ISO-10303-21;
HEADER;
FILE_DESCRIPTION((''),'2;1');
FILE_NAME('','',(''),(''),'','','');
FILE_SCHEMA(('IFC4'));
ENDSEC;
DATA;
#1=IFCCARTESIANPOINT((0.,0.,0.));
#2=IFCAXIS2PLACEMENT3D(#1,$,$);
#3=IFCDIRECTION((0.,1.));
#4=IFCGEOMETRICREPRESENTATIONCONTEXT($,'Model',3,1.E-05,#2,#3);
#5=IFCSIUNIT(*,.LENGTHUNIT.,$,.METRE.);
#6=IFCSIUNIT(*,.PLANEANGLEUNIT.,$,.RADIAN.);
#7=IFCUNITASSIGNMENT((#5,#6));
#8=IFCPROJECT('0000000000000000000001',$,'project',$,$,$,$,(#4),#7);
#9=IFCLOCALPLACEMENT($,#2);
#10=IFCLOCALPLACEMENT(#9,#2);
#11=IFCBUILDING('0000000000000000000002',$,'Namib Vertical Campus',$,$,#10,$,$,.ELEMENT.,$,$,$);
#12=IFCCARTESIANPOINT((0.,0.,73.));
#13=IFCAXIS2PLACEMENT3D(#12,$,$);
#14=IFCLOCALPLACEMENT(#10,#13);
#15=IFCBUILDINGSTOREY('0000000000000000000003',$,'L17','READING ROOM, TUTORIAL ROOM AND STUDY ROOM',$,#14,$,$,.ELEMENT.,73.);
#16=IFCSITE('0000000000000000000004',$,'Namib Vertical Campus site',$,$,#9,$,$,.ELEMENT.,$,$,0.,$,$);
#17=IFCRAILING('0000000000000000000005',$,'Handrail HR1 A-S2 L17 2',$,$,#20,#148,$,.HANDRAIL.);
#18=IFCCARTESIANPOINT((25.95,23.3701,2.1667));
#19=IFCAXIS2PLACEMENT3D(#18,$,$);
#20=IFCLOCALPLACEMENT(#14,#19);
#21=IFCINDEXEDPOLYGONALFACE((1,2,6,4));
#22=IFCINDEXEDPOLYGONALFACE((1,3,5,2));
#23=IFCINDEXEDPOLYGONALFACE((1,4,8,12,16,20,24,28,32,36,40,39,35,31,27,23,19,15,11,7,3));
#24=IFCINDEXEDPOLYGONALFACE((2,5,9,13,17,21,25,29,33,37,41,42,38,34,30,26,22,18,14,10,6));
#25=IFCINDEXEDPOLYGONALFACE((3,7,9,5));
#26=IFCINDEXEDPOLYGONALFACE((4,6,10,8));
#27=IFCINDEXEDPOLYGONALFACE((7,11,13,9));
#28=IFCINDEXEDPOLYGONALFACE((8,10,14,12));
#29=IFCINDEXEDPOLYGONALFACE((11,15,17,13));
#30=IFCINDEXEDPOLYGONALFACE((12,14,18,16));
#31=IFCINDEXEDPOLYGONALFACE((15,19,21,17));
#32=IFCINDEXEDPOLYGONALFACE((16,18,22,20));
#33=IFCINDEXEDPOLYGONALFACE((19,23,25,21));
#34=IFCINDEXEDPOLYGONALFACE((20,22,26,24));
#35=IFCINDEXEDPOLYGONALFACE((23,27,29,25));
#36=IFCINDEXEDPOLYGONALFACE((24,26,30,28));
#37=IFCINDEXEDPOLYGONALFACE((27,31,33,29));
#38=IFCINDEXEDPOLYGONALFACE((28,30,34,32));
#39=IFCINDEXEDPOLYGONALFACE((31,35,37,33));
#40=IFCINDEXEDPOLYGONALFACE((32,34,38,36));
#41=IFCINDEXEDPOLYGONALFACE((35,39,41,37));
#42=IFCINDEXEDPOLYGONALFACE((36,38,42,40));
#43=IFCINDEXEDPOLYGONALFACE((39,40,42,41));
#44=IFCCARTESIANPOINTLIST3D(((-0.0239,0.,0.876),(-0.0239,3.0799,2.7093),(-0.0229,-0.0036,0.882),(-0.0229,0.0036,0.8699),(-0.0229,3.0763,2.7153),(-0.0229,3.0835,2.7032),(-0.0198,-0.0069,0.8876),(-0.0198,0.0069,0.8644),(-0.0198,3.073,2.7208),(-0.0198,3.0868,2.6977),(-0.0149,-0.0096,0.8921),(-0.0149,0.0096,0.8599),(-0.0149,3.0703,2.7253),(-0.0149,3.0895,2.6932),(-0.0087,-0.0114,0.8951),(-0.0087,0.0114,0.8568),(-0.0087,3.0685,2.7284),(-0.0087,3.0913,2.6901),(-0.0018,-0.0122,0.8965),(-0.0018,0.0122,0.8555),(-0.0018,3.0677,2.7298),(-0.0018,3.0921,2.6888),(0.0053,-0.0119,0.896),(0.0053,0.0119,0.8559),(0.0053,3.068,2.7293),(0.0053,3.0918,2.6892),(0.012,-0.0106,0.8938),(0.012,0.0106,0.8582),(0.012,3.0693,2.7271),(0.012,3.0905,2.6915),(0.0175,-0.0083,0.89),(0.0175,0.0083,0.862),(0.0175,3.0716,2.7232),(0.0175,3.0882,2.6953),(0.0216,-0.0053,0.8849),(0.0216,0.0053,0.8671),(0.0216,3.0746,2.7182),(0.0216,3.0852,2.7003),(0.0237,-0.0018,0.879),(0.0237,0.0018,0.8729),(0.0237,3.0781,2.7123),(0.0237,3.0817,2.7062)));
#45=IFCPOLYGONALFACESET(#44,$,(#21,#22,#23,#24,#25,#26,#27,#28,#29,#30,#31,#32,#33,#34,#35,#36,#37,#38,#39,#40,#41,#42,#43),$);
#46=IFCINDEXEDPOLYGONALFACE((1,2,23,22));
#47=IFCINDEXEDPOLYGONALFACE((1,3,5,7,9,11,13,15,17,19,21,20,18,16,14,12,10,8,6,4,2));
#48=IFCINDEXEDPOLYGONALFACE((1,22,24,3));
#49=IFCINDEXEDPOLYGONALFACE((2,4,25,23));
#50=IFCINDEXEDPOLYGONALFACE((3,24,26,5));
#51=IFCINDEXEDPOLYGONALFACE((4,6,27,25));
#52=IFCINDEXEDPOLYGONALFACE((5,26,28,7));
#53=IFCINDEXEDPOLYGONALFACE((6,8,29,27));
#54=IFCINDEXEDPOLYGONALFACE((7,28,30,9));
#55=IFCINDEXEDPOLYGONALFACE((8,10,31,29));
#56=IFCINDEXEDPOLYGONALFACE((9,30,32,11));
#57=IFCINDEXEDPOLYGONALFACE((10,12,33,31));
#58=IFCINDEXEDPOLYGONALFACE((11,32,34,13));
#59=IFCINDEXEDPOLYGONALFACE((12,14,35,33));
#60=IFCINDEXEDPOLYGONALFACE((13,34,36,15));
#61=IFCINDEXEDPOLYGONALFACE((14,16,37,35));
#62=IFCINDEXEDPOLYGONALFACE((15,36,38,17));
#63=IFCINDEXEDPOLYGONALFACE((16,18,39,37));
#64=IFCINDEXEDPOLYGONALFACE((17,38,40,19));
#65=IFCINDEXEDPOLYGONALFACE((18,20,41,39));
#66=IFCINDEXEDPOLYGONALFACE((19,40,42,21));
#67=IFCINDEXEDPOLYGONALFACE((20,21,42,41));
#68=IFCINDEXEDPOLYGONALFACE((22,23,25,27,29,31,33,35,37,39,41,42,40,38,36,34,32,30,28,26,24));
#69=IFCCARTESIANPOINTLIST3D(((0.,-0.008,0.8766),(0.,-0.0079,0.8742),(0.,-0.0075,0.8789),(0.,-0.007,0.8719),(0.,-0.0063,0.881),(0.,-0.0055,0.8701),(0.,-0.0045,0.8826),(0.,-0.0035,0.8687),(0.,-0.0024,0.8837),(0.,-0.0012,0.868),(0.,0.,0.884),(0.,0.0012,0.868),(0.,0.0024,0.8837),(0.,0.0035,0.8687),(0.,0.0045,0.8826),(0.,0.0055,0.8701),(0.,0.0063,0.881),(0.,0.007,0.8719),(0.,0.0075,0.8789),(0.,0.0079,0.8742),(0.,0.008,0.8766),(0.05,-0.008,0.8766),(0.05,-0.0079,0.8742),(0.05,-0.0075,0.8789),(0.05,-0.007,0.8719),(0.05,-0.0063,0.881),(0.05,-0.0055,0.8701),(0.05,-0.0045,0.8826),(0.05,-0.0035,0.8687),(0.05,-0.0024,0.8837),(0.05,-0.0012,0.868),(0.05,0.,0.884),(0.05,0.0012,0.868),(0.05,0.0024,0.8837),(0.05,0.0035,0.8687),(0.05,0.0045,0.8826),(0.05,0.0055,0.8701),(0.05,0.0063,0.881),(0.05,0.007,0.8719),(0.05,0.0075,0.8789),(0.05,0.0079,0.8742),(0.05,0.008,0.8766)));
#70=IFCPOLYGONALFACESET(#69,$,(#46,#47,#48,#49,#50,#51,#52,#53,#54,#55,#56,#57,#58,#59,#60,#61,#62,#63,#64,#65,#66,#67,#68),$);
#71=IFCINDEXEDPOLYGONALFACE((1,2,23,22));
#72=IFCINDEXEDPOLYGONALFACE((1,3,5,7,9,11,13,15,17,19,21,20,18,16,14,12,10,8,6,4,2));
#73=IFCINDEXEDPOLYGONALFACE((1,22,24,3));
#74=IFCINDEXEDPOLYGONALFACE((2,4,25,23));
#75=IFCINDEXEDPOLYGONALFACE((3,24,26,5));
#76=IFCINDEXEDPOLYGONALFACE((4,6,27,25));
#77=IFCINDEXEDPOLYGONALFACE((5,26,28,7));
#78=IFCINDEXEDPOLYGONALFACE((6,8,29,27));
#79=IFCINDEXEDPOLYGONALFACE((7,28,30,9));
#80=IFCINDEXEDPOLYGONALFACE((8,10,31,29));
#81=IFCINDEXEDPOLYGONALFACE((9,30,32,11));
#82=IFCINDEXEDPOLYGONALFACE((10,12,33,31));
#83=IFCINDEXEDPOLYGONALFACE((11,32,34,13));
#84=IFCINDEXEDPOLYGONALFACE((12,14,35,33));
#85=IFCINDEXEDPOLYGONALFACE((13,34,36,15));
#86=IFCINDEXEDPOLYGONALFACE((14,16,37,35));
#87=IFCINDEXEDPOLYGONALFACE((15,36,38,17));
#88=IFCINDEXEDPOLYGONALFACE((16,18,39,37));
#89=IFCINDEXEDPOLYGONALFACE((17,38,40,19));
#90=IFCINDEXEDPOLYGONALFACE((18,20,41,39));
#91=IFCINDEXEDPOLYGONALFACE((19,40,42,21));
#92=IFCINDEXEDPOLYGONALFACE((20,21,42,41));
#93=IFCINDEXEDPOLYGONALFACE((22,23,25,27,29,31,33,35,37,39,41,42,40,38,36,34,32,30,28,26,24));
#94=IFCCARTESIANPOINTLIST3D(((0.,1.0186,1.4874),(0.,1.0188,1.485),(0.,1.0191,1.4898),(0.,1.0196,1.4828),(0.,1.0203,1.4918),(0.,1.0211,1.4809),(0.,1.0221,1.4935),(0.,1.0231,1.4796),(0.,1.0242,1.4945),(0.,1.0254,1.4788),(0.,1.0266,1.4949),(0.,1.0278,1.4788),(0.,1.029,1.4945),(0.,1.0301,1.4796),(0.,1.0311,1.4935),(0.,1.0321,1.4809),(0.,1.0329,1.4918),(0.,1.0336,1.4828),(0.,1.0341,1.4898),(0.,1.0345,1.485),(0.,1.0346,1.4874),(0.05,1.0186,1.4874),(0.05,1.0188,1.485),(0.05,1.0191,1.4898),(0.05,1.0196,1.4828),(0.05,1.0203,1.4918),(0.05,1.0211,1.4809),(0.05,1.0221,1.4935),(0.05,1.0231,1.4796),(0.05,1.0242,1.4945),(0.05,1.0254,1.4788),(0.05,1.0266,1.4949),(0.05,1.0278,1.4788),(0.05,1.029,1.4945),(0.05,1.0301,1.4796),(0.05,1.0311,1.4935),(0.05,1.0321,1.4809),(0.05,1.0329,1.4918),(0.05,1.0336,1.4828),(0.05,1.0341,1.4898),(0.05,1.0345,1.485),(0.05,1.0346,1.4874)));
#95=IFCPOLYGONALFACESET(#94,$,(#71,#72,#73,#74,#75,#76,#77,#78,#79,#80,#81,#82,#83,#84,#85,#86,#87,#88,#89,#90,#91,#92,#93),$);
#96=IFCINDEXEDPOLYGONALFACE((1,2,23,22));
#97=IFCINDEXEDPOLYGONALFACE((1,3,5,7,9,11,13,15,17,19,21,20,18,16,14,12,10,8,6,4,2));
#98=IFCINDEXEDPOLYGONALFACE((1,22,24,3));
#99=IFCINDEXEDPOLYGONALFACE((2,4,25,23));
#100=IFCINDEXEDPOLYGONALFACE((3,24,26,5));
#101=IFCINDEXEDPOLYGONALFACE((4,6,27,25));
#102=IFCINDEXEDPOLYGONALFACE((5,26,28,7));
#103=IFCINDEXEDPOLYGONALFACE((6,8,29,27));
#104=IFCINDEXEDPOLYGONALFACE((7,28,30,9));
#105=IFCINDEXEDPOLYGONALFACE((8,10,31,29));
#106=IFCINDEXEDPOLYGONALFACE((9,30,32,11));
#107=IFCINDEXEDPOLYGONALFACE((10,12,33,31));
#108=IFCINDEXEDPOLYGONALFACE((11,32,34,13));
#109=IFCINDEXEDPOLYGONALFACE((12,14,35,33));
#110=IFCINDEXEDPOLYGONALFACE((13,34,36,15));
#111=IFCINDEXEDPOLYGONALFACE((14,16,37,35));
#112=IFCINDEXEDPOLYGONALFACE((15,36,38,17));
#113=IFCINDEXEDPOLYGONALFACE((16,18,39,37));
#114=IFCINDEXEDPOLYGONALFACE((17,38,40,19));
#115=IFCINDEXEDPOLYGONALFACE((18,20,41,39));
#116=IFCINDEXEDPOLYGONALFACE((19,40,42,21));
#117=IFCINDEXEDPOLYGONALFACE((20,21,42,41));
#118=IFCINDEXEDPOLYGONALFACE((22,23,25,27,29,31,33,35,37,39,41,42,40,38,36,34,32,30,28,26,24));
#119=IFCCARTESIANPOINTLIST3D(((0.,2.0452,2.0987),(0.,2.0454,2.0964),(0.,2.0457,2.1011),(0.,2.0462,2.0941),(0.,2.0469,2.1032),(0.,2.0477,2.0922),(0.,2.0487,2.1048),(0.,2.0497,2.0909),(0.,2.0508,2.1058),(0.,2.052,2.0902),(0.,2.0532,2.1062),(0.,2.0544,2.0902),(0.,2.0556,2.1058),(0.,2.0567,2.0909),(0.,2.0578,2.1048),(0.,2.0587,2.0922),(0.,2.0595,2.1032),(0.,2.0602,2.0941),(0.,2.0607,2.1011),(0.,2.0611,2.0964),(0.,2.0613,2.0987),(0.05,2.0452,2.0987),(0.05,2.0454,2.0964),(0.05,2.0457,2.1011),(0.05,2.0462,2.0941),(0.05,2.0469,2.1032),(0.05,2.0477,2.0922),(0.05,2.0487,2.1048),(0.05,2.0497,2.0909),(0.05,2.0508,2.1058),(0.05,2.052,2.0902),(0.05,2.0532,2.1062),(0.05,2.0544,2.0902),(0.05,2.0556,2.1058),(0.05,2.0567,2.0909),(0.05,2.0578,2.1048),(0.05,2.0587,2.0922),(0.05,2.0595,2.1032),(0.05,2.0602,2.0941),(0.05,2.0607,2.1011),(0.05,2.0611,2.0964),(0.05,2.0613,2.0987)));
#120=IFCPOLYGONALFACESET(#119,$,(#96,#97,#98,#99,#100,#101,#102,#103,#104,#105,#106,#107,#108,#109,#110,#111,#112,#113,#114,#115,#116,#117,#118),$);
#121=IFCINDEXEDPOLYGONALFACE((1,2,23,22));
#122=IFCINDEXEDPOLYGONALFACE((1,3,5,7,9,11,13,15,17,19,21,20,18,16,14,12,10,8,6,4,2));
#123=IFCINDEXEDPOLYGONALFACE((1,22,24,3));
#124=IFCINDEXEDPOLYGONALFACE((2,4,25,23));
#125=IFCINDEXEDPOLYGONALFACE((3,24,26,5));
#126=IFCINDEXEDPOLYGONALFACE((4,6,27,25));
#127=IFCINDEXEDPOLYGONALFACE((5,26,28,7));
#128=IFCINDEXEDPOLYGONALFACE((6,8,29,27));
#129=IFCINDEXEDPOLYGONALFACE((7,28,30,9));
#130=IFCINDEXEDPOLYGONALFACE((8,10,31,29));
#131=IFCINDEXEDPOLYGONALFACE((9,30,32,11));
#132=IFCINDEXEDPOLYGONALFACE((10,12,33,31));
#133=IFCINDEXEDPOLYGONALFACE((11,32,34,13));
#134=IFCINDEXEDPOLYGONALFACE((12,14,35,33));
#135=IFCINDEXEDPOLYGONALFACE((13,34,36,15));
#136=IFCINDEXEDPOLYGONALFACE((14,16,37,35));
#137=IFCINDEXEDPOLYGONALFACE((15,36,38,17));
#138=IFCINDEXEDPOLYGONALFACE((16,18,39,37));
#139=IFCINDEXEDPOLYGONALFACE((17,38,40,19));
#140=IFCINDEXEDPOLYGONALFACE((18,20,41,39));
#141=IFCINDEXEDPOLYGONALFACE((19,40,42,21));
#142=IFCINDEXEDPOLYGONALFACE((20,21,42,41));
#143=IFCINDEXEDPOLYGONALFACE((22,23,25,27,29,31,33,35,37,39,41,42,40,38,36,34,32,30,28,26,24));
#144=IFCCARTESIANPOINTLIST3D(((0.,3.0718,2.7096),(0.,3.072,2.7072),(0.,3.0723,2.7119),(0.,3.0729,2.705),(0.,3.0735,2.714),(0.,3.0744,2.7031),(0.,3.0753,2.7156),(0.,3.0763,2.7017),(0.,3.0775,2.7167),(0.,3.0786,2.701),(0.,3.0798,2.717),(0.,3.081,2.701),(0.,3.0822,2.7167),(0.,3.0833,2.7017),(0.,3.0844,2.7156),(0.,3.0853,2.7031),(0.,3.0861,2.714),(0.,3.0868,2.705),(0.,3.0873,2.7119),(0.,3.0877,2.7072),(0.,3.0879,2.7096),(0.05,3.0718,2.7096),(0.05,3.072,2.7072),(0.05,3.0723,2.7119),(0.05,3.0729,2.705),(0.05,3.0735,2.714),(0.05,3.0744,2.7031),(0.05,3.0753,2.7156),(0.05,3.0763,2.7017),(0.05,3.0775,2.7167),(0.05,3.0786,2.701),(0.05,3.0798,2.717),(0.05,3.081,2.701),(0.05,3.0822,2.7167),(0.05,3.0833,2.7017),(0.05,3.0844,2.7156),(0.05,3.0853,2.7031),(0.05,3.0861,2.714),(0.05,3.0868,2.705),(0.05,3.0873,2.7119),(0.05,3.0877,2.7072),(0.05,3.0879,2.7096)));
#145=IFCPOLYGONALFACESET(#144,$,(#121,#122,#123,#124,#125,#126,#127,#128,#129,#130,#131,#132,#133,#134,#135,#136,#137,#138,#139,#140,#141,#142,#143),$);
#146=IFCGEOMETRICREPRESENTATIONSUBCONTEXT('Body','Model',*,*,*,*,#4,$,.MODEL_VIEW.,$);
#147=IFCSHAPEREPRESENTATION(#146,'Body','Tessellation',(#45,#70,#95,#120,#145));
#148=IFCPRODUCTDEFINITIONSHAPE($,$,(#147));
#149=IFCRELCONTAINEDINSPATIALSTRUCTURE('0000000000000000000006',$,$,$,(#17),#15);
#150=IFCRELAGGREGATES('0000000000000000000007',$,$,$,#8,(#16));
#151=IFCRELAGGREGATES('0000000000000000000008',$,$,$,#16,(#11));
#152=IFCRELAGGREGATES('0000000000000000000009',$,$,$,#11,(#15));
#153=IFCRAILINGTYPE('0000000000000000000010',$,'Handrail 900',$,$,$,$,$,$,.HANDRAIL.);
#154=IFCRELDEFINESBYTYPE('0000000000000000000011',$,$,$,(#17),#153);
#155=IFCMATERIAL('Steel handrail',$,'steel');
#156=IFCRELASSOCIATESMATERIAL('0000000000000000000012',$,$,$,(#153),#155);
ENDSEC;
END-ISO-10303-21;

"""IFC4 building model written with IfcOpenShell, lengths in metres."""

from ifc_helpers import new_model, si_unit, direction, frame, origin, origin_2d, place, context, subcontext, project, spatial, circle, extrude, material, type_object, element, save


model = new_model("IFC4")

# Units and contexts
model_context = context("Model", 3, precision=1e-05, world=origin(), true_north=direction((0.0, 1.0)))
body_context = subcontext(model_context, "Body", "Model", "MODEL_VIEW")
ifc_project = project(units=[si_unit("LENGTHUNIT", "METRE"), si_unit("PLANEANGLEUNIT", "RADIAN")], contexts=[model_context])

# Site, building, storey
site_placement = place(None, origin())
site = spatial("IfcSite", under=ifc_project, at=site_placement, Name="Namib Vertical Campus site", CompositionType="ELEMENT", RefElevation=0.0)
building_placement = place(site_placement, origin())
building = spatial("IfcBuilding", under=site, at=building_placement, Name="Namib Vertical Campus", CompositionType="ELEMENT")
storey_placement = place(building_placement, frame((0.0, 0.0, 73.0)))
storey = spatial("IfcBuildingStorey", under=building, at=storey_placement, Name="L17", Description="READING ROOM, TUTORIAL ROOM AND STUDY ROOM", CompositionType="ELEMENT", Elevation=73.0)

# Railing
ifc_material_1 = material(Name="Steel handrail", Category="steel")
railing_type_1 = type_object("IfcRailingType", Name="Handrail 900", PredefinedType="HANDRAIL", material=ifc_material_1)
railing_1_placement = place(storey_placement, frame((25.95, 23.3701, 2.1667)))
element("IfcRailing", 1, at=railing_1_placement, inside=storey, type_object=railing_type_1, Name="Handrail HR1 A-S2 L17 2", PredefinedType="HANDRAIL", context=body_context, shape_type="SweptSolid", body=[
    extrude(circle(Radius=0.0239, at=origin_2d()), frame((0.0, 0.0, 0.876), z_axis=(0.0, 0.859291, 0.511487), x_axis=(-1.0, 0.0, 0.0)), (0.0, 0.0, 1.0), 3.5842),
    extrude(circle(Radius=0.0081, at=origin_2d()), frame((0.0, 0.0, 0.876), z_axis=(1.0, 0.0, 0.0), x_axis=(0.0, 0.0, 1.0)), (0.0, 0.0, 1.0), 0.05),
    extrude(circle(Radius=0.0081, at=origin_2d()), frame((0.0, 1.0266, 1.4868), z_axis=(1.0, 0.0, 0.0), x_axis=(0.0, 0.0, 1.0)), (0.0, 0.0, 1.0), 0.05),
    extrude(circle(Radius=0.0081, at=origin_2d()), frame((0.0, 2.0532, 2.0981), z_axis=(1.0, 0.0, 0.0), x_axis=(0.0, 0.0, 1.0)), (0.0, 0.0, 1.0), 0.05),
    extrude(circle(Radius=0.0081, at=origin_2d()), frame((0.0, 3.0798, 2.709), z_axis=(1.0, 0.0, 0.0), x_axis=(0.0, 0.0, 1.0)), (0.0, 0.0, 1.0), 0.05),
])

save(model, "model.ifc")
